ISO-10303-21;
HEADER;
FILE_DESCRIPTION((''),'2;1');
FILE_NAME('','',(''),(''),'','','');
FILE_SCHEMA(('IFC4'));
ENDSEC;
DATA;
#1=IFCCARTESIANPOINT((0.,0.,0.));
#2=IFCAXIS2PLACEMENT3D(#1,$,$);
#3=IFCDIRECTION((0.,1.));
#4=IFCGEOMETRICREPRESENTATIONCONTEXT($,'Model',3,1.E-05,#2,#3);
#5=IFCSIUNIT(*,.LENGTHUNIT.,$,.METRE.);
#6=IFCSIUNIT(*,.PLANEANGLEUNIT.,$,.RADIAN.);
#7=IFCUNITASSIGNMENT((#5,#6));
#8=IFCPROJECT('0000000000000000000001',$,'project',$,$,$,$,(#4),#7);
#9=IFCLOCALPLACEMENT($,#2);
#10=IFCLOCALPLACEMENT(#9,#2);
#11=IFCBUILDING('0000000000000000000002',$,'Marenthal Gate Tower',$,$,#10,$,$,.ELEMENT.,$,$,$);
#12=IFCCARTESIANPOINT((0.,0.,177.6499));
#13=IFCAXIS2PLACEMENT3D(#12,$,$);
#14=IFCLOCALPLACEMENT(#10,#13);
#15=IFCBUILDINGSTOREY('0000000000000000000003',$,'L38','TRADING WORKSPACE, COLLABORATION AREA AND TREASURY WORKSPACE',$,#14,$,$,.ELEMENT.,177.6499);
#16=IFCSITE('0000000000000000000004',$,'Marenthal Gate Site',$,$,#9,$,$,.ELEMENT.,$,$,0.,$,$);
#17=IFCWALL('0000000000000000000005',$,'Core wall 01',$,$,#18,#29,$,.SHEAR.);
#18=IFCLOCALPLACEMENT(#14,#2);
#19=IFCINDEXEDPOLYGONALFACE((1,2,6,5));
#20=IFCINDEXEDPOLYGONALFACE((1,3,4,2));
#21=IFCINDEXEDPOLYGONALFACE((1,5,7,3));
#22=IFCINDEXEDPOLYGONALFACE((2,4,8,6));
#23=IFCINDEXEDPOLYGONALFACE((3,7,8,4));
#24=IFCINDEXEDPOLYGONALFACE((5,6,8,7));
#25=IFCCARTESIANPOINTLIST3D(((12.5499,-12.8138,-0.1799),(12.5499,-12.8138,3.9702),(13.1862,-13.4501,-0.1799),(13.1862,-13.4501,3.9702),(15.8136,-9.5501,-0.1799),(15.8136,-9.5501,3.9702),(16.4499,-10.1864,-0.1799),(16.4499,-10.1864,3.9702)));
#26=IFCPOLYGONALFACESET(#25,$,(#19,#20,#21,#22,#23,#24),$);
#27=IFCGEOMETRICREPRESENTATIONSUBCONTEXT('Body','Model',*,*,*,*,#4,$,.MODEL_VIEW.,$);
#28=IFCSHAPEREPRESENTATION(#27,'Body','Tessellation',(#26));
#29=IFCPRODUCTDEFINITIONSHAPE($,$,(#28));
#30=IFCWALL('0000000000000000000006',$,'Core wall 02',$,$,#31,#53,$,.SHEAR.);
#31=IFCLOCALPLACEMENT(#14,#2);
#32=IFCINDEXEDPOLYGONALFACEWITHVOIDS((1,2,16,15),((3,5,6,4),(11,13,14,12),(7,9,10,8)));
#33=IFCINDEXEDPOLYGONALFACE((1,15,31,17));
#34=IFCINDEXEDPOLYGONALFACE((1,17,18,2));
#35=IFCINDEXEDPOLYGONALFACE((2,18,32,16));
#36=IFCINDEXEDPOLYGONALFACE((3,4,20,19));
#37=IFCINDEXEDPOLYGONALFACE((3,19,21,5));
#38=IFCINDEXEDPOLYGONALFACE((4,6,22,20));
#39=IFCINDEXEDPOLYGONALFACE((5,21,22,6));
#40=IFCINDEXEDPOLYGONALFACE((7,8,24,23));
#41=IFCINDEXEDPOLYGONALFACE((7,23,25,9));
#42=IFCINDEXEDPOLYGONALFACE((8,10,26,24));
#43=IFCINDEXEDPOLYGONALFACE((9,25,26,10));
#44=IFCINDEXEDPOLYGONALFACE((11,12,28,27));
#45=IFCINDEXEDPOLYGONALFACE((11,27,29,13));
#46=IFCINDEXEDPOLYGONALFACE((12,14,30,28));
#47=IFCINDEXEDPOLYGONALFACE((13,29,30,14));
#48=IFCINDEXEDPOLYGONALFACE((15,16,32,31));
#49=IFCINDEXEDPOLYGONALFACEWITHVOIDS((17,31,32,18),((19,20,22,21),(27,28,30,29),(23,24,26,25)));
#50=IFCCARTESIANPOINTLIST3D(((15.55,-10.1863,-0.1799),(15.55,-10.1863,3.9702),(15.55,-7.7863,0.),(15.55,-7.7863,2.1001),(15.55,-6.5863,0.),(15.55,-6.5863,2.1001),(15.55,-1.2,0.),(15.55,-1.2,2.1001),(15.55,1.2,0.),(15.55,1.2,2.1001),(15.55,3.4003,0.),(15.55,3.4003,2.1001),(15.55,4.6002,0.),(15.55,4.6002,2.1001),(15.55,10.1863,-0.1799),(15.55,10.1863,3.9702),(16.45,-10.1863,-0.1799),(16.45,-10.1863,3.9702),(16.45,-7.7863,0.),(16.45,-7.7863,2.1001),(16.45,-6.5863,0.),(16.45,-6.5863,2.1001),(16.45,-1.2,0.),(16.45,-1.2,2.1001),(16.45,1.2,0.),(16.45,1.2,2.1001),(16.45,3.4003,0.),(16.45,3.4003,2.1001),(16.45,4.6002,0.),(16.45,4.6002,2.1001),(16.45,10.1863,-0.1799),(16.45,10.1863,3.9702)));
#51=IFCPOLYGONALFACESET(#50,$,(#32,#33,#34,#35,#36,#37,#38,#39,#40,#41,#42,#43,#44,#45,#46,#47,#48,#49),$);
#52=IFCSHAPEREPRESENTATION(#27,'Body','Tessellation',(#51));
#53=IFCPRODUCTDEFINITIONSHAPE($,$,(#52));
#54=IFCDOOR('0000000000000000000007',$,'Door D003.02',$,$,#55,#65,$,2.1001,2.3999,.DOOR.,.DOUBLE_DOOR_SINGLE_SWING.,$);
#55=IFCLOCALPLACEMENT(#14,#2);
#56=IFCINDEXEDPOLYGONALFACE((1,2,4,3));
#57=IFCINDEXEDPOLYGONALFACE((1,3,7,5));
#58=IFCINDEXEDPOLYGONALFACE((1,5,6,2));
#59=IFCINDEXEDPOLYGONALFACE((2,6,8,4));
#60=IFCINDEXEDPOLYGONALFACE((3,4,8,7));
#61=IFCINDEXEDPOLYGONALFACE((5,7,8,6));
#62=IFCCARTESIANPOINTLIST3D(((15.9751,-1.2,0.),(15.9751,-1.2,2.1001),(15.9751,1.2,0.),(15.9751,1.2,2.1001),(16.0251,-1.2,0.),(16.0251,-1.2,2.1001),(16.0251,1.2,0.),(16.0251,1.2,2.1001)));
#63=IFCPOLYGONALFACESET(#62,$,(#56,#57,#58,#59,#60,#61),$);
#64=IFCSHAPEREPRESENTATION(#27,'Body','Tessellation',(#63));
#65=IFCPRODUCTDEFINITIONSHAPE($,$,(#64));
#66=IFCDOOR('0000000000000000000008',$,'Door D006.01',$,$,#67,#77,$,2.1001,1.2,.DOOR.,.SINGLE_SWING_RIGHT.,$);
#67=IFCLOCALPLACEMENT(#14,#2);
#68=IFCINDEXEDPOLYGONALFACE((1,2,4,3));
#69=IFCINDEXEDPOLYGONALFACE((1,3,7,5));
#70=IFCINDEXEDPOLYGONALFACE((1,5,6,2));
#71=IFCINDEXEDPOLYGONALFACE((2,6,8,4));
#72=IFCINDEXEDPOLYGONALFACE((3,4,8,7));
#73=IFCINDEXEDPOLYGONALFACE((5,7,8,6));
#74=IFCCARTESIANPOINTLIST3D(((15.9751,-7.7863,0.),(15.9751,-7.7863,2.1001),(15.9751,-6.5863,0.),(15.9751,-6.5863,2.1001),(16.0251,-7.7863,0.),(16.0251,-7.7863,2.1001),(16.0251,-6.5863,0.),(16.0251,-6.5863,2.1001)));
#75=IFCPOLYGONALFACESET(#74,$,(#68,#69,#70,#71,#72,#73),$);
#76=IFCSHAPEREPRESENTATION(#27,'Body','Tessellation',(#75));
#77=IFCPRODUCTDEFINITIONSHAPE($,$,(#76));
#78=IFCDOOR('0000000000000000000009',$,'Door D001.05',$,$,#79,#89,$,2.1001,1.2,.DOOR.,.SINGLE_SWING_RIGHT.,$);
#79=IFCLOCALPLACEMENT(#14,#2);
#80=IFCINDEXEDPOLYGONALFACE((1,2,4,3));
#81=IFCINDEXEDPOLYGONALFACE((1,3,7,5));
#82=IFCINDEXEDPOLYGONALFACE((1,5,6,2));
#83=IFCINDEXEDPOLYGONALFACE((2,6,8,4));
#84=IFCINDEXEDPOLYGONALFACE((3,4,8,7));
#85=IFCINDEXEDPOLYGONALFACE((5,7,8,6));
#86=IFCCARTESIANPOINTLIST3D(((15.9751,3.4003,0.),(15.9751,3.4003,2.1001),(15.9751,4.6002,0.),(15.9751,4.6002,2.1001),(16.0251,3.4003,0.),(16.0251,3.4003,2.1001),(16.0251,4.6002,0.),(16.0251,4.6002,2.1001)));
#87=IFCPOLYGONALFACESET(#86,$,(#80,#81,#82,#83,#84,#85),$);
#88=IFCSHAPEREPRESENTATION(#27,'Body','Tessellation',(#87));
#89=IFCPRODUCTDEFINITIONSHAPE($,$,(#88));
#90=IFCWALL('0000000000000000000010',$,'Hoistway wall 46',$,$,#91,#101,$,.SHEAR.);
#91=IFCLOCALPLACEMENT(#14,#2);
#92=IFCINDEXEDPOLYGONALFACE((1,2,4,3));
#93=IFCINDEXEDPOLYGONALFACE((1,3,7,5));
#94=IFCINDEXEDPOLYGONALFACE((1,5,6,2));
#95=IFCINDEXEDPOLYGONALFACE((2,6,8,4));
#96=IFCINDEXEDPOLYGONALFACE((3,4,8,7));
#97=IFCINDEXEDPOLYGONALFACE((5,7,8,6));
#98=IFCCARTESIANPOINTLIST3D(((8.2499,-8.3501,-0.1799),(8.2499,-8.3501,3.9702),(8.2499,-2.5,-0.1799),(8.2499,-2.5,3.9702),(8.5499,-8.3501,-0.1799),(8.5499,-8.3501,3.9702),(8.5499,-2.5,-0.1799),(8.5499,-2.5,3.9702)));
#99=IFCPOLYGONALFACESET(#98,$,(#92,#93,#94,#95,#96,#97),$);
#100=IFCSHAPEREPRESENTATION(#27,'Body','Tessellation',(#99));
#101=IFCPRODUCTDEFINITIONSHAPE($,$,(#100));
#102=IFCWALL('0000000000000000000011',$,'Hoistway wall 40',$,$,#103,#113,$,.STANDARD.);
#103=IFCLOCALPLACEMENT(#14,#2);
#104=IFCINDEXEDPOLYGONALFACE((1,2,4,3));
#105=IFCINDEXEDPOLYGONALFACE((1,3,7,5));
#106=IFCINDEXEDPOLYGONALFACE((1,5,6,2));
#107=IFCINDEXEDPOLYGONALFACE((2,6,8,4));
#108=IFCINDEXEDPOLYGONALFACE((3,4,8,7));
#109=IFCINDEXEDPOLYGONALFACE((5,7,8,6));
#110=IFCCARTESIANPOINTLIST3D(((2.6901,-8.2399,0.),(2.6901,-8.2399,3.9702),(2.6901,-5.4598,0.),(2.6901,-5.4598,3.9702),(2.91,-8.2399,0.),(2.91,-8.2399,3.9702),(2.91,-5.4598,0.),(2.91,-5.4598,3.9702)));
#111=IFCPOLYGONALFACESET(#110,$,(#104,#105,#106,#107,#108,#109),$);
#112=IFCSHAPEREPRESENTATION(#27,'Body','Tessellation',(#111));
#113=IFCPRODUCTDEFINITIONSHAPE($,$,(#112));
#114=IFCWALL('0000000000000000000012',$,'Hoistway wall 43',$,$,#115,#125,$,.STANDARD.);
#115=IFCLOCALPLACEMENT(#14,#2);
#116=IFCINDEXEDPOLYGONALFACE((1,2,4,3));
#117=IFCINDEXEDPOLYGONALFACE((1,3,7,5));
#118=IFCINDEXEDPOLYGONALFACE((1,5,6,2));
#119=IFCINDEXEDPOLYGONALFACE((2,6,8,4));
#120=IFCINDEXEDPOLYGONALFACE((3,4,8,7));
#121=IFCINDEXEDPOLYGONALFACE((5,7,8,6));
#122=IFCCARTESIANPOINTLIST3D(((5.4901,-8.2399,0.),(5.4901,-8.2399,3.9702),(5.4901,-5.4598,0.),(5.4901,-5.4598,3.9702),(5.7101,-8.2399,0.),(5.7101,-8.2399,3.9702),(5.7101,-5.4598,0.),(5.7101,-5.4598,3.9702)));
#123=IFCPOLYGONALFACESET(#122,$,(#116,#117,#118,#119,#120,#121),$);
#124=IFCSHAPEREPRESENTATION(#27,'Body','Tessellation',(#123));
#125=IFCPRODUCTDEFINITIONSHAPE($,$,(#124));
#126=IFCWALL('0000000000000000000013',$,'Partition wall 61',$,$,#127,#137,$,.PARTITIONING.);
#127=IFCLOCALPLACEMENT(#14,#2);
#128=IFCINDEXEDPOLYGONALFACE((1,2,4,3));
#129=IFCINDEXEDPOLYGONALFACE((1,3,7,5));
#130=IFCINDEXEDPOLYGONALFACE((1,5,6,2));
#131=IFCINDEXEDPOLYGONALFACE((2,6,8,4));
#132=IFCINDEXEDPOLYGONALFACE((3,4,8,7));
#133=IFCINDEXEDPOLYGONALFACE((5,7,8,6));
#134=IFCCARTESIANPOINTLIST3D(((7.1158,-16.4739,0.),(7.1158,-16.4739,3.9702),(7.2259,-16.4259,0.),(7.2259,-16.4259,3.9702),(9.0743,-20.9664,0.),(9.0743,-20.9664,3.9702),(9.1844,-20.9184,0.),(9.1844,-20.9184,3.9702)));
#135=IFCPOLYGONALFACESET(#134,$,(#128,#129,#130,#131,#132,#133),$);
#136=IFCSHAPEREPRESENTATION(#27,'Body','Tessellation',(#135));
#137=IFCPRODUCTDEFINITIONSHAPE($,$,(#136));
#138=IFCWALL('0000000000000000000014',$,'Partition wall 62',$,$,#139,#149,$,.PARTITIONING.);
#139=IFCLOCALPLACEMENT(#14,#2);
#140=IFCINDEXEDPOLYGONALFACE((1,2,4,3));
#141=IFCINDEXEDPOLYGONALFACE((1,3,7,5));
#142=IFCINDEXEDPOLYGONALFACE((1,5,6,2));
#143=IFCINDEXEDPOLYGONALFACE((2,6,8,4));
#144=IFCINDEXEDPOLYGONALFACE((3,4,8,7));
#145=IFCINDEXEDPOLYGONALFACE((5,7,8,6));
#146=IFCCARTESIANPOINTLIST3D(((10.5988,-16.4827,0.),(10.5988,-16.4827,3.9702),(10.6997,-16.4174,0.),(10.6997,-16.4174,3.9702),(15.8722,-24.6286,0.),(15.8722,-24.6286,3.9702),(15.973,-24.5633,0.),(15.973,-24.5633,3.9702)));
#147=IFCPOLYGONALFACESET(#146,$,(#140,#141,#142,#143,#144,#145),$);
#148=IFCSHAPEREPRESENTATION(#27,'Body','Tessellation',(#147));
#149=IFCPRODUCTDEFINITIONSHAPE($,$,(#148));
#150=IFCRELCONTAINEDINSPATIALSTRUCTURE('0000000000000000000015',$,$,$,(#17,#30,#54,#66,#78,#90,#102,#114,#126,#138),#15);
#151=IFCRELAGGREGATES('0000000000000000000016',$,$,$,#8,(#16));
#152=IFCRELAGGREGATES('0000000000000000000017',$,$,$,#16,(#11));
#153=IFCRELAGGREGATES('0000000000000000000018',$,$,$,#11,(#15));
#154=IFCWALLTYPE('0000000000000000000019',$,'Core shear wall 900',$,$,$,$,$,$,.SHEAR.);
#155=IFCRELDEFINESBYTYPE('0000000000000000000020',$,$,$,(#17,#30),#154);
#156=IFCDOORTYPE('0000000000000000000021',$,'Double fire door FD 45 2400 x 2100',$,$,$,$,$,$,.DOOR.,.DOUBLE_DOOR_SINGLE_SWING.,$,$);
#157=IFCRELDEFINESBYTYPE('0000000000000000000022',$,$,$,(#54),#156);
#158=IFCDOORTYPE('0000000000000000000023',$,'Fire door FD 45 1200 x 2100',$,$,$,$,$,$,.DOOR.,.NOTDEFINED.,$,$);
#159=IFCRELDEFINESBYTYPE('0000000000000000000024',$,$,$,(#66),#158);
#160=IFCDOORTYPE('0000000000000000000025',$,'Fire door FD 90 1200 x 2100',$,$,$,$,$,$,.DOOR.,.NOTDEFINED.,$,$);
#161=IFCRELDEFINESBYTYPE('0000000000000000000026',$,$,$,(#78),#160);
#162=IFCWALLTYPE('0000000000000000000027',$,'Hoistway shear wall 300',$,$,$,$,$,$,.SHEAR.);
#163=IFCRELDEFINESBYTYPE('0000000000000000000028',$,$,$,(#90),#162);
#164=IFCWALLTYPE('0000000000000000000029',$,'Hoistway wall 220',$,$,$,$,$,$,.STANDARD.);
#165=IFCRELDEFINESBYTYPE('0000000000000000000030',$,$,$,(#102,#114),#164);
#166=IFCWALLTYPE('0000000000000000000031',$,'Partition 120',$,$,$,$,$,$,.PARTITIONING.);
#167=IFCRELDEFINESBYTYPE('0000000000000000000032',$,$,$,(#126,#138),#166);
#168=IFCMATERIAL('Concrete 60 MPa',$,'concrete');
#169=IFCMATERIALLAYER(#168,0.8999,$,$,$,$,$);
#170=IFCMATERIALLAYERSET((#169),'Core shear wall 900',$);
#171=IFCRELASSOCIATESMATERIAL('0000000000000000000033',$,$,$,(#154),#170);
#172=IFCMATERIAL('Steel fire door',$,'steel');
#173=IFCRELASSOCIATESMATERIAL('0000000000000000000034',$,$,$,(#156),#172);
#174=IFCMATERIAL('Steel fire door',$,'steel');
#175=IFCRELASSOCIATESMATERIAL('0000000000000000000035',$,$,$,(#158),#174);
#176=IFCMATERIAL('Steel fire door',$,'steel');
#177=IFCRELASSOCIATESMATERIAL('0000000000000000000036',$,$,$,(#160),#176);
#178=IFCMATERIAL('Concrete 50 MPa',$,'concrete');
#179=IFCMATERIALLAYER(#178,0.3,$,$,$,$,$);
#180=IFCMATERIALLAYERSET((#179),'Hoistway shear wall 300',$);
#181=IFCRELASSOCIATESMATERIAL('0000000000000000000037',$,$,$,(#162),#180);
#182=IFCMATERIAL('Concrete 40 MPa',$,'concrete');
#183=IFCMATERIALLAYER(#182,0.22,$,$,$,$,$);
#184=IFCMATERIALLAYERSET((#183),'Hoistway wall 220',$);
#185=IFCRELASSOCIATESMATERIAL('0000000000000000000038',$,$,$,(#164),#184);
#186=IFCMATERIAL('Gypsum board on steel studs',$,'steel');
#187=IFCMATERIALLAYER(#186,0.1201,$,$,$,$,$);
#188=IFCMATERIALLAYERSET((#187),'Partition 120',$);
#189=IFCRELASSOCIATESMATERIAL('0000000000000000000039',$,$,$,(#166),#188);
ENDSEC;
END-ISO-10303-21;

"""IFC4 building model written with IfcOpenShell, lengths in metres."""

from ifc_helpers import new_model, si_unit, direction, frame, frame_2d, origin, place, context, subcontext, project, spatial, rectangle, extrude, material, layer, layer_set, type_object, element, fill, save


model = new_model("IFC4")

# Units and contexts
model_context = context("Model", 3, precision=1e-05, world=origin(), true_north=direction((0.0, 1.0)))
body_context = subcontext(model_context, "Body", "Model", "MODEL_VIEW")
ifc_project = project(units=[si_unit("LENGTHUNIT", "METRE"), si_unit("PLANEANGLEUNIT", "RADIAN")], contexts=[model_context])

# Site, building, storey
site_placement = place(None, origin())
site = spatial("IfcSite", under=ifc_project, at=site_placement, Name="Marenthal Gate Site", CompositionType="ELEMENT", RefElevation=0.0)
building_placement = place(site_placement, origin())
building = spatial("IfcBuilding", under=site, at=building_placement, Name="Marenthal Gate Tower", CompositionType="ELEMENT")
storey_placement = place(building_placement, frame((0.0, 0.0, 177.6499)))
storey = spatial("IfcBuildingStorey", under=building, at=storey_placement, Name="L38", Description="TRADING WORKSPACE, COLLABORATION AREA AND TREASURY WORKSPACE", CompositionType="ELEMENT", Elevation=177.6499)

# Wall
ifc_material_1 = material(Name="Concrete 60 MPa", Category="concrete")
ifc_layer_1 = layer(ifc_material_1, 0.8999)
ifc_layer_set_1 = layer_set([ifc_layer_1], Name="Core shear wall 900")
wall_type_1 = type_object("IfcWallType", Name="Core shear wall 900", PredefinedType="SHEAR", material=ifc_layer_set_1)
wall_1_placement = place(storey_placement, frame((12.8682, -13.1318, -0.1799), z_axis=(0.0, 0.0, 1.0), x_axis=(0.707107, 0.707107, 0.0)))
element("IfcWall", 1, at=wall_1_placement, inside=storey, type_object=wall_type_1, Name="Core wall 01", PredefinedType="SHEAR", context=body_context, shape_type="SweptSolid", body=[
    extrude(rectangle(XDim=4.6155, YDim=0.8999, at=frame_2d((2.3076, 0.0))), origin(), (0.0, 0.0, 1.0), 4.1501),
])

# Wall, openings, doors
wall_2_placement = place(storey_placement, frame((16.0, -10.1863, -0.1799), z_axis=(0.0, 0.0, 1.0), x_axis=(0.0, 1.0, 0.0)))
wall_2 = element("IfcWall", 2, at=wall_2_placement, inside=storey, type_object=wall_type_1, Name="Core wall 02", PredefinedType="SHEAR", context=body_context, shape_type="SweptSolid", body=[
    extrude(rectangle(XDim=20.3726, YDim=0.8999, at=frame_2d((10.1863, 0.0))), origin(), (0.0, 0.0, 1.0), 4.1501),
])
opening_1_placement = place(wall_2_placement, frame((8.9863, 0.0, 0.1799)))
opening_1 = element("IfcOpeningElement", 3, at=opening_1_placement, cuts=wall_2, PredefinedType="OPENING", context=body_context, shape_type="SweptSolid", body=[
    extrude(rectangle(XDim=2.3999, YDim=2.1001, at=frame_2d((1.2, 1.05))), frame((0.0, 0.46, 0.0), z_axis=(0.0, -1.0, 0.0), x_axis=(1.0, 0.0, 0.0)), (0.0, 0.0, 1.0), 0.9199),
])
opening_2_placement = place(wall_2_placement, frame((13.5864, 0.0, 0.1799)))
opening_2 = element("IfcOpeningElement", 4, at=opening_2_placement, cuts=wall_2, PredefinedType="OPENING", context=body_context, shape_type="SweptSolid", body=[
    extrude(rectangle(XDim=1.2, YDim=2.1001, at=frame_2d((0.6001, 1.05))), frame((0.0, 0.46, 0.0), z_axis=(0.0, -1.0, 0.0), x_axis=(1.0, 0.0, 0.0)), (0.0, 0.0, 1.0), 0.9199),
])
opening_3_placement = place(wall_2_placement, frame((2.3999, 0.0, 0.1799)))
opening_3 = element("IfcOpeningElement", 5, at=opening_3_placement, cuts=wall_2, PredefinedType="OPENING", context=body_context, shape_type="SweptSolid", body=[
    extrude(rectangle(XDim=1.2, YDim=2.1001, at=frame_2d((0.6001, 1.05))), frame((0.0, 0.46, 0.0), z_axis=(0.0, -1.0, 0.0), x_axis=(1.0, 0.0, 0.0)), (0.0, 0.0, 1.0), 0.9199),
])
ifc_material_2 = material(Name="Steel fire door", Category="steel")
door_type_1 = type_object("IfcDoorType", Name="Double fire door FD 45 2400 x 2100", OperationType="DOUBLE_DOOR_SINGLE_SWING", PredefinedType="DOOR", material=ifc_material_2)
door_1_placement = place(opening_1_placement, origin())
door_1 = element("IfcDoor", 6, at=door_1_placement, inside=storey, type_object=door_type_1, Name="Door D003.02", OperationType="DOUBLE_DOOR_SINGLE_SWING", OverallHeight=2.1001, OverallWidth=2.3999, PredefinedType="DOOR", context=body_context, shape_type="SweptSolid", body=[
    extrude(rectangle(XDim=2.3999, YDim=2.1001, at=frame_2d((1.2, 1.05))), frame((0.0, 0.0249, 0.0), z_axis=(0.0, -1.0, 0.0), x_axis=(1.0, 0.0, 0.0)), (0.0, 0.0, 1.0), 0.05),
])
fill(opening_1, door_1)
ifc_material_3 = material(Name="Steel fire door", Category="steel")
door_type_2 = type_object("IfcDoorType", Name="Fire door FD 45 1200 x 2100", OperationType="NOTDEFINED", PredefinedType="DOOR", material=ifc_material_3)
door_2_placement = place(opening_3_placement, origin())
door_2 = element("IfcDoor", 7, at=door_2_placement, inside=storey, type_object=door_type_2, Name="Door D006.01", OperationType="SINGLE_SWING_RIGHT", OverallHeight=2.1001, OverallWidth=1.2, PredefinedType="DOOR", context=body_context, shape_type="SweptSolid", body=[
    extrude(rectangle(XDim=1.2, YDim=2.1001, at=frame_2d((0.6001, 1.05))), frame((0.0, 0.0249, 0.0), z_axis=(0.0, -1.0, 0.0), x_axis=(1.0, 0.0, 0.0)), (0.0, 0.0, 1.0), 0.05),
])
fill(opening_3, door_2)
ifc_material_4 = material(Name="Steel fire door", Category="steel")
door_type_3 = type_object("IfcDoorType", Name="Fire door FD 90 1200 x 2100", OperationType="NOTDEFINED", PredefinedType="DOOR", material=ifc_material_4)
door_3_placement = place(opening_2_placement, origin())
door_3 = element("IfcDoor", 8, at=door_3_placement, inside=storey, type_object=door_type_3, Name="Door D001.05", OperationType="SINGLE_SWING_RIGHT", OverallHeight=2.1001, OverallWidth=1.2, PredefinedType="DOOR", context=body_context, shape_type="SweptSolid", body=[
    extrude(rectangle(XDim=1.2, YDim=2.1001, at=frame_2d((0.6001, 1.05))), frame((0.0, 0.0249, 0.0), z_axis=(0.0, -1.0, 0.0), x_axis=(1.0, 0.0, 0.0)), (0.0, 0.0, 1.0), 0.05),
])
fill(opening_2, door_3)

# Walls
ifc_material_5 = material(Name="Concrete 50 MPa", Category="concrete")
ifc_layer_2 = layer(ifc_material_5, 0.3)
ifc_layer_set_2 = layer_set([ifc_layer_2], Name="Hoistway shear wall 300")
wall_type_2 = type_object("IfcWallType", Name="Hoistway shear wall 300", PredefinedType="SHEAR", material=ifc_layer_set_2)
wall_3_placement = place(storey_placement, frame((8.3999, -8.3501, -0.1799), z_axis=(0.0, 0.0, 1.0), x_axis=(0.0, 1.0, 0.0)))
element("IfcWall", 9, at=wall_3_placement, inside=storey, type_object=wall_type_2, Name="Hoistway wall 46", PredefinedType="SHEAR", context=body_context, shape_type="SweptSolid", body=[
    extrude(rectangle(XDim=5.8501, YDim=0.3, at=frame_2d((2.925, 0.0))), origin(), (0.0, 0.0, 1.0), 4.1501),
])
ifc_material_6 = material(Name="Concrete 40 MPa", Category="concrete")
ifc_layer_3 = layer(ifc_material_6, 0.22)
ifc_layer_set_3 = layer_set([ifc_layer_3], Name="Hoistway wall 220")
wall_type_3 = type_object("IfcWallType", Name="Hoistway wall 220", PredefinedType="STANDARD", material=ifc_layer_set_3)
for number, where, z_axis, x_axis, name in (
    (10, (2.8, -8.24, 0.0), (0.0, 0.0, 1.0), (0.0, 1.0, 0.0), "Hoistway wall 40"),
    (11, (5.6001, -8.24, 0.0), (0.0, 0.0, 1.0), (0.0, 1.0, 0.0), "Hoistway wall 43"),
):
    element("IfcWall", number, at=place(storey_placement, frame(where, z_axis=z_axis, x_axis=x_axis)), inside=storey, type_object=wall_type_3, Name=name, PredefinedType="STANDARD", context=body_context, shape_type="SweptSolid", body=[
        extrude(rectangle(XDim=2.78, YDim=0.22, at=frame_2d((1.3901, 0.0))), origin(), (0.0, 0.0, 1.0), 3.9702),
    ])
ifc_material_7 = material(Name="Gypsum board on steel studs", Category="steel")
ifc_layer_4 = layer(ifc_material_7, 0.1201)
ifc_layer_set_4 = layer_set([ifc_layer_4], Name="Partition 120")
wall_type_4 = type_object("IfcWallType", Name="Partition 120", PredefinedType="PARTITIONING", material=ifc_layer_set_4)
wall_4_placement = place(storey_placement, frame((9.1294, -20.9424, 0.0), z_axis=(0.0, 0.0, 1.0), x_axis=(-0.399629, 0.916677, 0.0)))
element("IfcWall", 12, at=wall_4_placement, inside=storey, type_object=wall_type_4, Name="Partition wall 61", PredefinedType="PARTITIONING", context=body_context, shape_type="SweptSolid", body=[
    extrude(rectangle(XDim=4.9009, YDim=0.1201, at=frame_2d((2.4504, 0.0))), origin(), (0.0, 0.0, 1.0), 3.9702),
])
wall_5_placement = place(storey_placement, frame((10.6492, -16.45, 0.0), z_axis=(0.0, 0.0, 1.0), x_axis=(0.543433, -0.839453, 0.0)))
element("IfcWall", 13, at=wall_5_placement, inside=storey, type_object=wall_type_4, Name="Partition wall 62", PredefinedType="PARTITIONING", context=body_context, shape_type="SweptSolid", body=[
    extrude(rectangle(XDim=9.7039, YDim=0.1201, at=frame_2d((4.8521, 0.0))), origin(), (0.0, 0.0, 1.0), 3.9702),
])

save(model, "model.ifc")
